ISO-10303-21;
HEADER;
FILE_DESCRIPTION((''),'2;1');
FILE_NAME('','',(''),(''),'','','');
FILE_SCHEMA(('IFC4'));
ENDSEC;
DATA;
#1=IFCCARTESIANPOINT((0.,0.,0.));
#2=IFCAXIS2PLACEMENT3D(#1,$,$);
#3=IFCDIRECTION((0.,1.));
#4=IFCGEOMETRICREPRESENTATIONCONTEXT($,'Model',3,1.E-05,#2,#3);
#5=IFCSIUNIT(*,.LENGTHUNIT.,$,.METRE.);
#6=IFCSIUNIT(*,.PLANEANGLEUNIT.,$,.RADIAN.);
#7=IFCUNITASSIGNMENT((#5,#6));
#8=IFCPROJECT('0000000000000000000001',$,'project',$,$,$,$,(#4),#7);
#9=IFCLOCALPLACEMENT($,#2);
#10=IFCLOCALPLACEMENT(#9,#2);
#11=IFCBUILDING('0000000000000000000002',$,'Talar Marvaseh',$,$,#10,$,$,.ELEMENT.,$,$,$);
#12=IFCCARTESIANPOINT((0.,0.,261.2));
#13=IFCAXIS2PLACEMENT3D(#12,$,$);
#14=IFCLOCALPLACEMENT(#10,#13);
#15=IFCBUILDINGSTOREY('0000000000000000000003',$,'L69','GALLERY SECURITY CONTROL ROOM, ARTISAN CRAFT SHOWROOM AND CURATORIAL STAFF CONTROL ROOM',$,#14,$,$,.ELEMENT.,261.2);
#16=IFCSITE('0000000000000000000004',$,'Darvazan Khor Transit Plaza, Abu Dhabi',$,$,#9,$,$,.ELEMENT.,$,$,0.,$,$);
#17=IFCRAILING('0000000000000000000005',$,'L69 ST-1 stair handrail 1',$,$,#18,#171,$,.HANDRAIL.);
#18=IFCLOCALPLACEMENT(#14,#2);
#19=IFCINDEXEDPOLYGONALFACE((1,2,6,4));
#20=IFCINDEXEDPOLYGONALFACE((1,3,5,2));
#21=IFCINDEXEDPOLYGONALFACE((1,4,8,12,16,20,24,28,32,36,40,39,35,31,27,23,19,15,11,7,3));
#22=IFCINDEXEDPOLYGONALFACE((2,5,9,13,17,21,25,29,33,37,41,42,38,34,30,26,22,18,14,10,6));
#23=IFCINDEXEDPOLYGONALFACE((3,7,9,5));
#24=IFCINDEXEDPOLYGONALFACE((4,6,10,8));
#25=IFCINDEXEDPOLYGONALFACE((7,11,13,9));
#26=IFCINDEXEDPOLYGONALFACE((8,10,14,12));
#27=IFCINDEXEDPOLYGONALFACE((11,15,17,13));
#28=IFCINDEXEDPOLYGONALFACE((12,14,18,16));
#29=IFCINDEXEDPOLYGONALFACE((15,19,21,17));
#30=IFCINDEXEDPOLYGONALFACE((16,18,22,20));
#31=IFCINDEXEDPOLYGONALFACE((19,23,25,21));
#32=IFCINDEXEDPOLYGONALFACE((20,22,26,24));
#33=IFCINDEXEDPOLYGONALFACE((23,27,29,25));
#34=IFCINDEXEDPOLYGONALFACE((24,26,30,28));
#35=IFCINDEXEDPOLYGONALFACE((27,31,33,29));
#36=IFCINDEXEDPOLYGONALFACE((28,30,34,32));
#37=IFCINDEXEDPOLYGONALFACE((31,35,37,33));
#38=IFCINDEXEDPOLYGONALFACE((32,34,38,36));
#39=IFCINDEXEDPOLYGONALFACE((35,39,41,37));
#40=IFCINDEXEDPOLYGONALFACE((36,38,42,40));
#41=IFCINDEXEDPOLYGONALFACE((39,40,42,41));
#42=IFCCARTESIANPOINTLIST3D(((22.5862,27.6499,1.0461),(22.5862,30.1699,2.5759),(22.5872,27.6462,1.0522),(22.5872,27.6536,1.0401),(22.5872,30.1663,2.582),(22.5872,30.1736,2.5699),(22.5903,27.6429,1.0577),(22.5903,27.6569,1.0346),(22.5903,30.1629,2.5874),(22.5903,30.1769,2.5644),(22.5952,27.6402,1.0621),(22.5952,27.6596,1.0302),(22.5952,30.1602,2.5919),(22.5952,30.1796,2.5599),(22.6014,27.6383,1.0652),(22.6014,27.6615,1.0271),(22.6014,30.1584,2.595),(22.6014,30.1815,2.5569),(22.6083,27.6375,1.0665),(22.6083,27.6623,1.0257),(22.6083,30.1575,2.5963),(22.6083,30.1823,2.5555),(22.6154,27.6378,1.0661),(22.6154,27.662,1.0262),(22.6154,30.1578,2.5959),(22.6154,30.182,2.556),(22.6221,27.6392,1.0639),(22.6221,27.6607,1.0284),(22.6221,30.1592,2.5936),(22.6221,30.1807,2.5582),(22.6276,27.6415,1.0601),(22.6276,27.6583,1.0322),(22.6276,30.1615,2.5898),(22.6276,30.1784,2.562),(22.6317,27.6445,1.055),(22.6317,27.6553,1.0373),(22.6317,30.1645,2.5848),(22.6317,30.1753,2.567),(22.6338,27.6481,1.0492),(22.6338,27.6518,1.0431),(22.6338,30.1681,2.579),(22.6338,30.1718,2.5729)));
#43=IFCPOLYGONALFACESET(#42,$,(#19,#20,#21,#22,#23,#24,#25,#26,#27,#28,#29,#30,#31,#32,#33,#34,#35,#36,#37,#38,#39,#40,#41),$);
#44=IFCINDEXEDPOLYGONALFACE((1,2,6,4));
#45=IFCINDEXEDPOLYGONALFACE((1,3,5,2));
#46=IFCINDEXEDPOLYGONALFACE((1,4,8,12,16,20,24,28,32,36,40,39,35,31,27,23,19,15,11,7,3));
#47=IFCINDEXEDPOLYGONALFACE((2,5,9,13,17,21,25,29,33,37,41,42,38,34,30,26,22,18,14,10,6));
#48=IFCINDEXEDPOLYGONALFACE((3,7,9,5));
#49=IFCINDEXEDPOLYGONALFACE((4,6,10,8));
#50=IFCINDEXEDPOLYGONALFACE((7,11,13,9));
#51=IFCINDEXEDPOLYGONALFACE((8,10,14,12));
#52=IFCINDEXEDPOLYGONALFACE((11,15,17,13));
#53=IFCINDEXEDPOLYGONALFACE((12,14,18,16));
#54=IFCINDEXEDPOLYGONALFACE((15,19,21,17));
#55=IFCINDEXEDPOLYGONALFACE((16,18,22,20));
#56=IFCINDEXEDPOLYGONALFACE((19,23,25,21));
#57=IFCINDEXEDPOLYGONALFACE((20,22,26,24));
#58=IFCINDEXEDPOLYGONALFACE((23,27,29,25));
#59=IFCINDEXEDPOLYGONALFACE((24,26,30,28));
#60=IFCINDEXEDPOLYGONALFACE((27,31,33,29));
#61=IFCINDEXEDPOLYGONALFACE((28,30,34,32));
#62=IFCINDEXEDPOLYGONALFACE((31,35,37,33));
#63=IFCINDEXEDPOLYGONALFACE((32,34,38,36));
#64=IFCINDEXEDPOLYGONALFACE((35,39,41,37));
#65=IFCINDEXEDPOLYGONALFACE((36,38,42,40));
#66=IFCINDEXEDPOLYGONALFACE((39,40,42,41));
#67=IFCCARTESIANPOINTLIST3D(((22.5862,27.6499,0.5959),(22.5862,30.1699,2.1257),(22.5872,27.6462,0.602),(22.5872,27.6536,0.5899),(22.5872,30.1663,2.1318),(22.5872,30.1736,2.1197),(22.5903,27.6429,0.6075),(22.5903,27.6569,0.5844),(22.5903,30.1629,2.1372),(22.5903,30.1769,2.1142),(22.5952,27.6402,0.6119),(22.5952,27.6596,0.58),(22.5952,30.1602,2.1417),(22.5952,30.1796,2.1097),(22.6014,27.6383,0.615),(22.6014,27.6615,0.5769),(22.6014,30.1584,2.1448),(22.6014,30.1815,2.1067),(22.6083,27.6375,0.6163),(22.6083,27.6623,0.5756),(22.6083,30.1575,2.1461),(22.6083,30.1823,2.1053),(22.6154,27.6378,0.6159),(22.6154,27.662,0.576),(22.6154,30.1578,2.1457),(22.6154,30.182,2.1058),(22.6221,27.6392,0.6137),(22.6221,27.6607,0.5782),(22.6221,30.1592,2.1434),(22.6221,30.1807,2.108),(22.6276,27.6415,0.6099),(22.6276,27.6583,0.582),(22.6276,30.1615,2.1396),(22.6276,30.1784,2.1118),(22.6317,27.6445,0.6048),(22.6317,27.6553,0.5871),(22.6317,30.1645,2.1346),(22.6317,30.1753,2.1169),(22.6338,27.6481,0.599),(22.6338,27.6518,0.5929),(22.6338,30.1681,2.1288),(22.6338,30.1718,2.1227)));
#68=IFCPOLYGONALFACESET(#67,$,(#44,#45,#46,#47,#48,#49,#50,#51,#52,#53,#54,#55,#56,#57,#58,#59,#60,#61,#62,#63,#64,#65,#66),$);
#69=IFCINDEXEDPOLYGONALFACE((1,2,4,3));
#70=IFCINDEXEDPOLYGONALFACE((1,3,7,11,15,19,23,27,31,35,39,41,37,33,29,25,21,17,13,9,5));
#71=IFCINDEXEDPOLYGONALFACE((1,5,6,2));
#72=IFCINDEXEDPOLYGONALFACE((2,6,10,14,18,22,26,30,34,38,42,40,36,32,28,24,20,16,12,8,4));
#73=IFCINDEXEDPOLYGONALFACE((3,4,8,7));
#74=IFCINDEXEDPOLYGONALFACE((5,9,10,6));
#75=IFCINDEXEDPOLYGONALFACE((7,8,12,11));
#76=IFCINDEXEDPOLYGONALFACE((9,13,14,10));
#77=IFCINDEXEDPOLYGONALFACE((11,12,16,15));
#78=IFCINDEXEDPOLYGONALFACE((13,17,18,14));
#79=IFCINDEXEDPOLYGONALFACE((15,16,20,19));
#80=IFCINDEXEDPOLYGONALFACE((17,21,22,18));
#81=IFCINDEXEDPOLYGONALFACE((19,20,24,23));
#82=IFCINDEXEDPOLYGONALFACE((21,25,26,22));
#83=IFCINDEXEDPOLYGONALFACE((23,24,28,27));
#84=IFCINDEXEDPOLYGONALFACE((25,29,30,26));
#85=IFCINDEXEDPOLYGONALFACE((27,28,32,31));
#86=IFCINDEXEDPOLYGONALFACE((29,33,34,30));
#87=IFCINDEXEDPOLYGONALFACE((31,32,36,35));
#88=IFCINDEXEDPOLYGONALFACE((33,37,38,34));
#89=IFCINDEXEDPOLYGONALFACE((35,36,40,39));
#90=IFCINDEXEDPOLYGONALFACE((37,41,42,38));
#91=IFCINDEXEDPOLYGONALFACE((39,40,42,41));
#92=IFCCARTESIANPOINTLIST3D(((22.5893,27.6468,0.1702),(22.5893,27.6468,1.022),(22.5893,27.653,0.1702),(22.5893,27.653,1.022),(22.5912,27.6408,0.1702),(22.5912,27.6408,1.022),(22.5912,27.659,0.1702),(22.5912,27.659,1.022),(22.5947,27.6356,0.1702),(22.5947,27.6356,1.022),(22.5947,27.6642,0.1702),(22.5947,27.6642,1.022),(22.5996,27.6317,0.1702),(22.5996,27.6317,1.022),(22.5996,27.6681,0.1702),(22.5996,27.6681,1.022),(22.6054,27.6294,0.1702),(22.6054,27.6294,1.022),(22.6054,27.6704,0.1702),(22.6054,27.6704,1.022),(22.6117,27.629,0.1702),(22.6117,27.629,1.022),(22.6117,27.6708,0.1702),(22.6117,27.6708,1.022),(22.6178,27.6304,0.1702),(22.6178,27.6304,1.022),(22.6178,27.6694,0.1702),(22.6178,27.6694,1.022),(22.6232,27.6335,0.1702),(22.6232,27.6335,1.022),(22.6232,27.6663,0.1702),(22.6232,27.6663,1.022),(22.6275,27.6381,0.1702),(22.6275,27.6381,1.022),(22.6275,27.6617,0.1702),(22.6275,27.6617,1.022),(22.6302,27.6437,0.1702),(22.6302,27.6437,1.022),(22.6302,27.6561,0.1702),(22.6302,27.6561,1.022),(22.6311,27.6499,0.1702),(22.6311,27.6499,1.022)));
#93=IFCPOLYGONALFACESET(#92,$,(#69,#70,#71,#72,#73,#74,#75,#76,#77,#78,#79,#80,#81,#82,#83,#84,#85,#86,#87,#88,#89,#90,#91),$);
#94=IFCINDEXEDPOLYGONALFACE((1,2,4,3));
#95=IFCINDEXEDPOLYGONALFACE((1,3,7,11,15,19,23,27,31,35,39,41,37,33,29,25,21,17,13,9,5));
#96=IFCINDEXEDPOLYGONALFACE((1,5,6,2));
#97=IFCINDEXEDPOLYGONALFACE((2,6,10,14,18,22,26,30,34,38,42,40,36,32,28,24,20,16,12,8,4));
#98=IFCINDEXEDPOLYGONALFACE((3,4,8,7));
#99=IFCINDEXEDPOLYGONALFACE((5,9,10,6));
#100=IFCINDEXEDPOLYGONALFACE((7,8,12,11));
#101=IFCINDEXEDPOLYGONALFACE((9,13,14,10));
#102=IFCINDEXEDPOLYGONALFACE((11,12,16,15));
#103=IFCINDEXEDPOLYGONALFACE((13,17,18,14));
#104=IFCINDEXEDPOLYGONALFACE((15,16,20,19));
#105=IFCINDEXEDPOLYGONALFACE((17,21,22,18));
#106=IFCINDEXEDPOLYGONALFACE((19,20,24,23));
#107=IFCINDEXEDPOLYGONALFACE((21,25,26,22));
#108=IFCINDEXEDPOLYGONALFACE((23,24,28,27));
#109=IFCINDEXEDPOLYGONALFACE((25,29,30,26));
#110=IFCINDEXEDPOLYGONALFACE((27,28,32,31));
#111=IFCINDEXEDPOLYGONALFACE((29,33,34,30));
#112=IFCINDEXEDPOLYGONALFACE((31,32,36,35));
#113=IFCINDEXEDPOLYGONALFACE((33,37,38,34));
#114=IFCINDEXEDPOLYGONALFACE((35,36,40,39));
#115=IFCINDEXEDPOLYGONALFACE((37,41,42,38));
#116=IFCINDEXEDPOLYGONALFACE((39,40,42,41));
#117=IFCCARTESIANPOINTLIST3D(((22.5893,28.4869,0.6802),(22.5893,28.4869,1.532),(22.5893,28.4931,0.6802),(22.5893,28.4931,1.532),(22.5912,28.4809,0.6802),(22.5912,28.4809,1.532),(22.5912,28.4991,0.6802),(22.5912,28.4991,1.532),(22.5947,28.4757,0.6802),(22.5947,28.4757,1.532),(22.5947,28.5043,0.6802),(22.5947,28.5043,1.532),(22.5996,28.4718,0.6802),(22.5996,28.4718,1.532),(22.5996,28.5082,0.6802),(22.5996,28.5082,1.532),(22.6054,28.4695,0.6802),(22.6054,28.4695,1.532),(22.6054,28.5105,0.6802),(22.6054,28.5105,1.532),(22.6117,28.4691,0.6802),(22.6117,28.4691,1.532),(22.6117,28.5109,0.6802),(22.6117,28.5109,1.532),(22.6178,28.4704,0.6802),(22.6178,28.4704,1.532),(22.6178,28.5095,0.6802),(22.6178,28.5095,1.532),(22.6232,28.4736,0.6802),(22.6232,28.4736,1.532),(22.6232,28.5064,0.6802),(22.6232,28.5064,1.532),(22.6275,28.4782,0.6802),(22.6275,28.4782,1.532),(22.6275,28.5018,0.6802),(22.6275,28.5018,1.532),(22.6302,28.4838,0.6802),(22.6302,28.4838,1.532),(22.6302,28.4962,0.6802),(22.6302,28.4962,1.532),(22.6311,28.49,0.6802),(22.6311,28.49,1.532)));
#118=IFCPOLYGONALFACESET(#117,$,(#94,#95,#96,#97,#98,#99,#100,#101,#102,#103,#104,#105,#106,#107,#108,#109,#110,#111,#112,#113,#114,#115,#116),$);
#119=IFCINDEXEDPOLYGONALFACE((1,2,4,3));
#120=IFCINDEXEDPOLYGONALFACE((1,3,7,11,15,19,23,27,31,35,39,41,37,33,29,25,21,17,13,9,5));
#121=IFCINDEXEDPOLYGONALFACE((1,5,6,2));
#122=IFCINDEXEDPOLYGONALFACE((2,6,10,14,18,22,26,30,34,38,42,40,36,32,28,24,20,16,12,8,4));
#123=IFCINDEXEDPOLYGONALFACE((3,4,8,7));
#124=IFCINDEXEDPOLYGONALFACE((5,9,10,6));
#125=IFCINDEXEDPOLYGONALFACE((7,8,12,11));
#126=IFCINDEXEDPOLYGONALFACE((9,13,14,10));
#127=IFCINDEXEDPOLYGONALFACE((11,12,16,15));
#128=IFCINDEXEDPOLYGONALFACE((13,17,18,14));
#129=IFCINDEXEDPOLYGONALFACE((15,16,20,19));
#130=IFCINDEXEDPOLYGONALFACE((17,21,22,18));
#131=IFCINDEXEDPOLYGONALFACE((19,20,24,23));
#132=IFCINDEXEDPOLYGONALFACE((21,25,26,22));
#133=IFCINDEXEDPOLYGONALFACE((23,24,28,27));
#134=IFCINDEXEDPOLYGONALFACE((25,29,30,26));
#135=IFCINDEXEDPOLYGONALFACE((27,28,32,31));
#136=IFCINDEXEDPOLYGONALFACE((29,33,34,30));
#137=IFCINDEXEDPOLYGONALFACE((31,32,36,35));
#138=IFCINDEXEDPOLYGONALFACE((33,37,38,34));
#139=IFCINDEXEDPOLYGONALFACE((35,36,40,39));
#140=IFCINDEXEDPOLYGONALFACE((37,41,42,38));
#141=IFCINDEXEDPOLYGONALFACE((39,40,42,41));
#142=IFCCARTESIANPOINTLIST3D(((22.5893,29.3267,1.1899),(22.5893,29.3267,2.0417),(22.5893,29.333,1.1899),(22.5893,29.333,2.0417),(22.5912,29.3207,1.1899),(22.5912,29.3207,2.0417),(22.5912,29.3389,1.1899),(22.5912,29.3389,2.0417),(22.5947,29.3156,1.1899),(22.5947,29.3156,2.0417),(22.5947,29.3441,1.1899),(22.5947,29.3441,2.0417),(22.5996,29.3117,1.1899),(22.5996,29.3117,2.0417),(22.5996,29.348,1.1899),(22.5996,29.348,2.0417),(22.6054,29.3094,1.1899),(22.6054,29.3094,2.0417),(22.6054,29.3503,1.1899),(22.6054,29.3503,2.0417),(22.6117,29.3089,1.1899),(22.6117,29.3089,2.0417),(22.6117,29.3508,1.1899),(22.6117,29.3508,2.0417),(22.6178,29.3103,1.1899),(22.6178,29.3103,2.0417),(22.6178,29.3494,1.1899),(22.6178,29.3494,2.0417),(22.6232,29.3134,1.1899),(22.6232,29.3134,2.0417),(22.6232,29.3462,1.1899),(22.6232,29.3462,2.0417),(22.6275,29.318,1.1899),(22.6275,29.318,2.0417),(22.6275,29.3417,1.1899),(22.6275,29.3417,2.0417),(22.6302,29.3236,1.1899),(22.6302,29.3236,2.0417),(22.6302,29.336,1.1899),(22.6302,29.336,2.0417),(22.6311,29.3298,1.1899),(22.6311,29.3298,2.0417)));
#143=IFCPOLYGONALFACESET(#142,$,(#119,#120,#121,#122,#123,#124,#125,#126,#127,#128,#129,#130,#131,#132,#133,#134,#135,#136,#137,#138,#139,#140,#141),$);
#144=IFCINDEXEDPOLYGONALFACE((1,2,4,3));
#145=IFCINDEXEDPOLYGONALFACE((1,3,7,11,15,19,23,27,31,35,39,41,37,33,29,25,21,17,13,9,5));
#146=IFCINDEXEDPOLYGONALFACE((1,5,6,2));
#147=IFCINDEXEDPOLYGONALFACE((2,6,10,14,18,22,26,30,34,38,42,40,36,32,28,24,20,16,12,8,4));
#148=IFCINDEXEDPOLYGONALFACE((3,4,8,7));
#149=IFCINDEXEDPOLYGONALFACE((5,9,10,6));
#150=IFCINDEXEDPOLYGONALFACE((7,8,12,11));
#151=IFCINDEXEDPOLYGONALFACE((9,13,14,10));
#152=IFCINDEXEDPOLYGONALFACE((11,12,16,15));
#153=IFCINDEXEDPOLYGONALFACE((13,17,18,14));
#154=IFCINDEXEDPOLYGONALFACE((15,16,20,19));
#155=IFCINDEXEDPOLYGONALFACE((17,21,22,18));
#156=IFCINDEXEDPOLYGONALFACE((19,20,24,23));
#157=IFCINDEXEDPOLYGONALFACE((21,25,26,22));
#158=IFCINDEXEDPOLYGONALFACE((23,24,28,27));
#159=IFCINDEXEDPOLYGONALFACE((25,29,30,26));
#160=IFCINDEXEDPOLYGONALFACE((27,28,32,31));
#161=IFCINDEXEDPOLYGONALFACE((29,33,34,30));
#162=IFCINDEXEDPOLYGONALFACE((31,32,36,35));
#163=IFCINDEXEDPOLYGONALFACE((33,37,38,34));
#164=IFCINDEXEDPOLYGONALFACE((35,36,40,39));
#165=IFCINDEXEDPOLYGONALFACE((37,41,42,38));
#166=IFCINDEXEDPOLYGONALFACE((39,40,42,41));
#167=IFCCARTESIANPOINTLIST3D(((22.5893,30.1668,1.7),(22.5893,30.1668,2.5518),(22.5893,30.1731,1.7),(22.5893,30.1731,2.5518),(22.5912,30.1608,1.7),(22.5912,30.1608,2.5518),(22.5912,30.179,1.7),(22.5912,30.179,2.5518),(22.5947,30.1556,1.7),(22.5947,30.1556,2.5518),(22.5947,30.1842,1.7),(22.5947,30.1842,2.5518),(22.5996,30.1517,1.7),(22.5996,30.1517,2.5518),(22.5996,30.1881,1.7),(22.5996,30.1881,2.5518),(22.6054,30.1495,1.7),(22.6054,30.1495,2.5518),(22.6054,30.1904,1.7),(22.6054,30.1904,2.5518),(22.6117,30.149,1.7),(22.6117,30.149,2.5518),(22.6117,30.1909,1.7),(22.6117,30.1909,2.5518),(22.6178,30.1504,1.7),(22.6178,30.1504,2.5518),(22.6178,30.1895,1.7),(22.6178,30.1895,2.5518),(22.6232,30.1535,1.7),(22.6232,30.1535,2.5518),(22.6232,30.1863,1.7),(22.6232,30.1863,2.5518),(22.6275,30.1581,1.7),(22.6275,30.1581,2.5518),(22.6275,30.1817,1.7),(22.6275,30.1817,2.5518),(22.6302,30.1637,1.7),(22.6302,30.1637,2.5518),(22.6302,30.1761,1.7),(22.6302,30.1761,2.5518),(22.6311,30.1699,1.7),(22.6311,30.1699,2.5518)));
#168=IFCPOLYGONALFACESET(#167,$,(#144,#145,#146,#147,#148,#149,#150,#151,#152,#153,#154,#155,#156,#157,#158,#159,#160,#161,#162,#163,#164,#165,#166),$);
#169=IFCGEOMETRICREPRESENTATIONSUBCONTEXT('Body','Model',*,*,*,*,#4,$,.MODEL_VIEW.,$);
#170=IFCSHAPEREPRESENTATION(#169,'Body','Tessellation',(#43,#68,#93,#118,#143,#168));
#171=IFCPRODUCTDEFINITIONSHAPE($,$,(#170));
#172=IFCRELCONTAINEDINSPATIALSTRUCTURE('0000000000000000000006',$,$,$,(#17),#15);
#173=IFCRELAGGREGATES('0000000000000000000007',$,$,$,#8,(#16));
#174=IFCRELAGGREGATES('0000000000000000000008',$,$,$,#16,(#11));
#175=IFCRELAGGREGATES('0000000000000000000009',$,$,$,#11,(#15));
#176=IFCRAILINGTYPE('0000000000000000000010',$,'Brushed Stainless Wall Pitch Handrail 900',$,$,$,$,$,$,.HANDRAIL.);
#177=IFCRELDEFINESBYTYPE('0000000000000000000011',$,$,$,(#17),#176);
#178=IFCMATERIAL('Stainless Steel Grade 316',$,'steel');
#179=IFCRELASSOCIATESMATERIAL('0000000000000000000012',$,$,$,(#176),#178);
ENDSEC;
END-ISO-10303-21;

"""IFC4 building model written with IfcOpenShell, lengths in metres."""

from ifc_helpers import new_model, si_unit, direction, frame, origin, origin_2d, place, context, subcontext, project, spatial, circle, extrude, material, type_object, element, save


model = new_model("IFC4")

# Units and contexts
model_context = context("Model", 3, precision=1e-05, world=origin(), true_north=direction((0.0, 1.0)))
body_context = subcontext(model_context, "Body", "Model", "MODEL_VIEW")
ifc_project = project(units=[si_unit("LENGTHUNIT", "METRE"), si_unit("PLANEANGLEUNIT", "RADIAN")], contexts=[model_context])

# Site, building, storey
site_placement = place(None, origin())
site = spatial("IfcSite", under=ifc_project, at=site_placement, Name="Darvazan Khor Transit Plaza, Abu Dhabi", CompositionType="ELEMENT", RefElevation=0.0)
building_placement = place(site_placement, origin())
building = spatial("IfcBuilding", under=site, at=building_placement, Name="Talar Marvaseh", CompositionType="ELEMENT")
storey_placement = place(building_placement, frame((0.0, 0.0, 261.2)))
storey = spatial("IfcBuildingStorey", under=building, at=storey_placement, Name="L69", Description="GALLERY SECURITY CONTROL ROOM, ARTISAN CRAFT SHOWROOM AND CURATORIAL STAFF CONTROL ROOM", CompositionType="ELEMENT", Elevation=261.2)

# Shared definitions
ifc_material_1 = material(Name="Stainless Steel Grade 316", Category="steel")

# Railing
railing_type_1 = type_object("IfcRailingType", Name="Brushed Stainless Wall Pitch Handrail 900", PredefinedType="HANDRAIL", material=ifc_material_1)
railing_1_placement = place(storey_placement, frame((22.6101, 27.6499, 0.1702)))
element("IfcRailing", 1, at=railing_1_placement, inside=storey, type_object=railing_type_1, Name="L69 ST-1 stair handrail 1", PredefinedType="HANDRAIL", context=body_context, shape_type="SweptSolid", body=[
    extrude(circle(Radius=0.0239, at=origin_2d()), frame((0.0, 0.0, 0.876), z_axis=(0.0, 0.854822, 0.518922), x_axis=(-1.0, 0.0, 0.0)), (0.0, 0.0, 1.0), 2.948),
    extrude(circle(Radius=0.0239, at=origin_2d()), frame((0.0, 0.0, 0.4258), z_axis=(0.0, 0.854822, 0.518922), x_axis=(-1.0, 0.0, 0.0)), (0.0, 0.0, 1.0), 2.948),
    extrude(circle(Radius=0.021, at=origin_2d()), origin(), (0.0, 0.0, 1.0), 0.8518),
    extrude(circle(Radius=0.021, at=origin_2d()), frame((0.0, 0.8401, 0.51)), (0.0, 0.0, 1.0), 0.8518),
    extrude(circle(Radius=0.021, at=origin_2d()), frame((0.0, 1.6799, 1.0198)), (0.0, 0.0, 1.0), 0.8518),
    extrude(circle(Radius=0.021, at=origin_2d()), frame((0.0, 2.52, 1.5298)), (0.0, 0.0, 1.0), 0.8518),
])

save(model, "model.ifc")
